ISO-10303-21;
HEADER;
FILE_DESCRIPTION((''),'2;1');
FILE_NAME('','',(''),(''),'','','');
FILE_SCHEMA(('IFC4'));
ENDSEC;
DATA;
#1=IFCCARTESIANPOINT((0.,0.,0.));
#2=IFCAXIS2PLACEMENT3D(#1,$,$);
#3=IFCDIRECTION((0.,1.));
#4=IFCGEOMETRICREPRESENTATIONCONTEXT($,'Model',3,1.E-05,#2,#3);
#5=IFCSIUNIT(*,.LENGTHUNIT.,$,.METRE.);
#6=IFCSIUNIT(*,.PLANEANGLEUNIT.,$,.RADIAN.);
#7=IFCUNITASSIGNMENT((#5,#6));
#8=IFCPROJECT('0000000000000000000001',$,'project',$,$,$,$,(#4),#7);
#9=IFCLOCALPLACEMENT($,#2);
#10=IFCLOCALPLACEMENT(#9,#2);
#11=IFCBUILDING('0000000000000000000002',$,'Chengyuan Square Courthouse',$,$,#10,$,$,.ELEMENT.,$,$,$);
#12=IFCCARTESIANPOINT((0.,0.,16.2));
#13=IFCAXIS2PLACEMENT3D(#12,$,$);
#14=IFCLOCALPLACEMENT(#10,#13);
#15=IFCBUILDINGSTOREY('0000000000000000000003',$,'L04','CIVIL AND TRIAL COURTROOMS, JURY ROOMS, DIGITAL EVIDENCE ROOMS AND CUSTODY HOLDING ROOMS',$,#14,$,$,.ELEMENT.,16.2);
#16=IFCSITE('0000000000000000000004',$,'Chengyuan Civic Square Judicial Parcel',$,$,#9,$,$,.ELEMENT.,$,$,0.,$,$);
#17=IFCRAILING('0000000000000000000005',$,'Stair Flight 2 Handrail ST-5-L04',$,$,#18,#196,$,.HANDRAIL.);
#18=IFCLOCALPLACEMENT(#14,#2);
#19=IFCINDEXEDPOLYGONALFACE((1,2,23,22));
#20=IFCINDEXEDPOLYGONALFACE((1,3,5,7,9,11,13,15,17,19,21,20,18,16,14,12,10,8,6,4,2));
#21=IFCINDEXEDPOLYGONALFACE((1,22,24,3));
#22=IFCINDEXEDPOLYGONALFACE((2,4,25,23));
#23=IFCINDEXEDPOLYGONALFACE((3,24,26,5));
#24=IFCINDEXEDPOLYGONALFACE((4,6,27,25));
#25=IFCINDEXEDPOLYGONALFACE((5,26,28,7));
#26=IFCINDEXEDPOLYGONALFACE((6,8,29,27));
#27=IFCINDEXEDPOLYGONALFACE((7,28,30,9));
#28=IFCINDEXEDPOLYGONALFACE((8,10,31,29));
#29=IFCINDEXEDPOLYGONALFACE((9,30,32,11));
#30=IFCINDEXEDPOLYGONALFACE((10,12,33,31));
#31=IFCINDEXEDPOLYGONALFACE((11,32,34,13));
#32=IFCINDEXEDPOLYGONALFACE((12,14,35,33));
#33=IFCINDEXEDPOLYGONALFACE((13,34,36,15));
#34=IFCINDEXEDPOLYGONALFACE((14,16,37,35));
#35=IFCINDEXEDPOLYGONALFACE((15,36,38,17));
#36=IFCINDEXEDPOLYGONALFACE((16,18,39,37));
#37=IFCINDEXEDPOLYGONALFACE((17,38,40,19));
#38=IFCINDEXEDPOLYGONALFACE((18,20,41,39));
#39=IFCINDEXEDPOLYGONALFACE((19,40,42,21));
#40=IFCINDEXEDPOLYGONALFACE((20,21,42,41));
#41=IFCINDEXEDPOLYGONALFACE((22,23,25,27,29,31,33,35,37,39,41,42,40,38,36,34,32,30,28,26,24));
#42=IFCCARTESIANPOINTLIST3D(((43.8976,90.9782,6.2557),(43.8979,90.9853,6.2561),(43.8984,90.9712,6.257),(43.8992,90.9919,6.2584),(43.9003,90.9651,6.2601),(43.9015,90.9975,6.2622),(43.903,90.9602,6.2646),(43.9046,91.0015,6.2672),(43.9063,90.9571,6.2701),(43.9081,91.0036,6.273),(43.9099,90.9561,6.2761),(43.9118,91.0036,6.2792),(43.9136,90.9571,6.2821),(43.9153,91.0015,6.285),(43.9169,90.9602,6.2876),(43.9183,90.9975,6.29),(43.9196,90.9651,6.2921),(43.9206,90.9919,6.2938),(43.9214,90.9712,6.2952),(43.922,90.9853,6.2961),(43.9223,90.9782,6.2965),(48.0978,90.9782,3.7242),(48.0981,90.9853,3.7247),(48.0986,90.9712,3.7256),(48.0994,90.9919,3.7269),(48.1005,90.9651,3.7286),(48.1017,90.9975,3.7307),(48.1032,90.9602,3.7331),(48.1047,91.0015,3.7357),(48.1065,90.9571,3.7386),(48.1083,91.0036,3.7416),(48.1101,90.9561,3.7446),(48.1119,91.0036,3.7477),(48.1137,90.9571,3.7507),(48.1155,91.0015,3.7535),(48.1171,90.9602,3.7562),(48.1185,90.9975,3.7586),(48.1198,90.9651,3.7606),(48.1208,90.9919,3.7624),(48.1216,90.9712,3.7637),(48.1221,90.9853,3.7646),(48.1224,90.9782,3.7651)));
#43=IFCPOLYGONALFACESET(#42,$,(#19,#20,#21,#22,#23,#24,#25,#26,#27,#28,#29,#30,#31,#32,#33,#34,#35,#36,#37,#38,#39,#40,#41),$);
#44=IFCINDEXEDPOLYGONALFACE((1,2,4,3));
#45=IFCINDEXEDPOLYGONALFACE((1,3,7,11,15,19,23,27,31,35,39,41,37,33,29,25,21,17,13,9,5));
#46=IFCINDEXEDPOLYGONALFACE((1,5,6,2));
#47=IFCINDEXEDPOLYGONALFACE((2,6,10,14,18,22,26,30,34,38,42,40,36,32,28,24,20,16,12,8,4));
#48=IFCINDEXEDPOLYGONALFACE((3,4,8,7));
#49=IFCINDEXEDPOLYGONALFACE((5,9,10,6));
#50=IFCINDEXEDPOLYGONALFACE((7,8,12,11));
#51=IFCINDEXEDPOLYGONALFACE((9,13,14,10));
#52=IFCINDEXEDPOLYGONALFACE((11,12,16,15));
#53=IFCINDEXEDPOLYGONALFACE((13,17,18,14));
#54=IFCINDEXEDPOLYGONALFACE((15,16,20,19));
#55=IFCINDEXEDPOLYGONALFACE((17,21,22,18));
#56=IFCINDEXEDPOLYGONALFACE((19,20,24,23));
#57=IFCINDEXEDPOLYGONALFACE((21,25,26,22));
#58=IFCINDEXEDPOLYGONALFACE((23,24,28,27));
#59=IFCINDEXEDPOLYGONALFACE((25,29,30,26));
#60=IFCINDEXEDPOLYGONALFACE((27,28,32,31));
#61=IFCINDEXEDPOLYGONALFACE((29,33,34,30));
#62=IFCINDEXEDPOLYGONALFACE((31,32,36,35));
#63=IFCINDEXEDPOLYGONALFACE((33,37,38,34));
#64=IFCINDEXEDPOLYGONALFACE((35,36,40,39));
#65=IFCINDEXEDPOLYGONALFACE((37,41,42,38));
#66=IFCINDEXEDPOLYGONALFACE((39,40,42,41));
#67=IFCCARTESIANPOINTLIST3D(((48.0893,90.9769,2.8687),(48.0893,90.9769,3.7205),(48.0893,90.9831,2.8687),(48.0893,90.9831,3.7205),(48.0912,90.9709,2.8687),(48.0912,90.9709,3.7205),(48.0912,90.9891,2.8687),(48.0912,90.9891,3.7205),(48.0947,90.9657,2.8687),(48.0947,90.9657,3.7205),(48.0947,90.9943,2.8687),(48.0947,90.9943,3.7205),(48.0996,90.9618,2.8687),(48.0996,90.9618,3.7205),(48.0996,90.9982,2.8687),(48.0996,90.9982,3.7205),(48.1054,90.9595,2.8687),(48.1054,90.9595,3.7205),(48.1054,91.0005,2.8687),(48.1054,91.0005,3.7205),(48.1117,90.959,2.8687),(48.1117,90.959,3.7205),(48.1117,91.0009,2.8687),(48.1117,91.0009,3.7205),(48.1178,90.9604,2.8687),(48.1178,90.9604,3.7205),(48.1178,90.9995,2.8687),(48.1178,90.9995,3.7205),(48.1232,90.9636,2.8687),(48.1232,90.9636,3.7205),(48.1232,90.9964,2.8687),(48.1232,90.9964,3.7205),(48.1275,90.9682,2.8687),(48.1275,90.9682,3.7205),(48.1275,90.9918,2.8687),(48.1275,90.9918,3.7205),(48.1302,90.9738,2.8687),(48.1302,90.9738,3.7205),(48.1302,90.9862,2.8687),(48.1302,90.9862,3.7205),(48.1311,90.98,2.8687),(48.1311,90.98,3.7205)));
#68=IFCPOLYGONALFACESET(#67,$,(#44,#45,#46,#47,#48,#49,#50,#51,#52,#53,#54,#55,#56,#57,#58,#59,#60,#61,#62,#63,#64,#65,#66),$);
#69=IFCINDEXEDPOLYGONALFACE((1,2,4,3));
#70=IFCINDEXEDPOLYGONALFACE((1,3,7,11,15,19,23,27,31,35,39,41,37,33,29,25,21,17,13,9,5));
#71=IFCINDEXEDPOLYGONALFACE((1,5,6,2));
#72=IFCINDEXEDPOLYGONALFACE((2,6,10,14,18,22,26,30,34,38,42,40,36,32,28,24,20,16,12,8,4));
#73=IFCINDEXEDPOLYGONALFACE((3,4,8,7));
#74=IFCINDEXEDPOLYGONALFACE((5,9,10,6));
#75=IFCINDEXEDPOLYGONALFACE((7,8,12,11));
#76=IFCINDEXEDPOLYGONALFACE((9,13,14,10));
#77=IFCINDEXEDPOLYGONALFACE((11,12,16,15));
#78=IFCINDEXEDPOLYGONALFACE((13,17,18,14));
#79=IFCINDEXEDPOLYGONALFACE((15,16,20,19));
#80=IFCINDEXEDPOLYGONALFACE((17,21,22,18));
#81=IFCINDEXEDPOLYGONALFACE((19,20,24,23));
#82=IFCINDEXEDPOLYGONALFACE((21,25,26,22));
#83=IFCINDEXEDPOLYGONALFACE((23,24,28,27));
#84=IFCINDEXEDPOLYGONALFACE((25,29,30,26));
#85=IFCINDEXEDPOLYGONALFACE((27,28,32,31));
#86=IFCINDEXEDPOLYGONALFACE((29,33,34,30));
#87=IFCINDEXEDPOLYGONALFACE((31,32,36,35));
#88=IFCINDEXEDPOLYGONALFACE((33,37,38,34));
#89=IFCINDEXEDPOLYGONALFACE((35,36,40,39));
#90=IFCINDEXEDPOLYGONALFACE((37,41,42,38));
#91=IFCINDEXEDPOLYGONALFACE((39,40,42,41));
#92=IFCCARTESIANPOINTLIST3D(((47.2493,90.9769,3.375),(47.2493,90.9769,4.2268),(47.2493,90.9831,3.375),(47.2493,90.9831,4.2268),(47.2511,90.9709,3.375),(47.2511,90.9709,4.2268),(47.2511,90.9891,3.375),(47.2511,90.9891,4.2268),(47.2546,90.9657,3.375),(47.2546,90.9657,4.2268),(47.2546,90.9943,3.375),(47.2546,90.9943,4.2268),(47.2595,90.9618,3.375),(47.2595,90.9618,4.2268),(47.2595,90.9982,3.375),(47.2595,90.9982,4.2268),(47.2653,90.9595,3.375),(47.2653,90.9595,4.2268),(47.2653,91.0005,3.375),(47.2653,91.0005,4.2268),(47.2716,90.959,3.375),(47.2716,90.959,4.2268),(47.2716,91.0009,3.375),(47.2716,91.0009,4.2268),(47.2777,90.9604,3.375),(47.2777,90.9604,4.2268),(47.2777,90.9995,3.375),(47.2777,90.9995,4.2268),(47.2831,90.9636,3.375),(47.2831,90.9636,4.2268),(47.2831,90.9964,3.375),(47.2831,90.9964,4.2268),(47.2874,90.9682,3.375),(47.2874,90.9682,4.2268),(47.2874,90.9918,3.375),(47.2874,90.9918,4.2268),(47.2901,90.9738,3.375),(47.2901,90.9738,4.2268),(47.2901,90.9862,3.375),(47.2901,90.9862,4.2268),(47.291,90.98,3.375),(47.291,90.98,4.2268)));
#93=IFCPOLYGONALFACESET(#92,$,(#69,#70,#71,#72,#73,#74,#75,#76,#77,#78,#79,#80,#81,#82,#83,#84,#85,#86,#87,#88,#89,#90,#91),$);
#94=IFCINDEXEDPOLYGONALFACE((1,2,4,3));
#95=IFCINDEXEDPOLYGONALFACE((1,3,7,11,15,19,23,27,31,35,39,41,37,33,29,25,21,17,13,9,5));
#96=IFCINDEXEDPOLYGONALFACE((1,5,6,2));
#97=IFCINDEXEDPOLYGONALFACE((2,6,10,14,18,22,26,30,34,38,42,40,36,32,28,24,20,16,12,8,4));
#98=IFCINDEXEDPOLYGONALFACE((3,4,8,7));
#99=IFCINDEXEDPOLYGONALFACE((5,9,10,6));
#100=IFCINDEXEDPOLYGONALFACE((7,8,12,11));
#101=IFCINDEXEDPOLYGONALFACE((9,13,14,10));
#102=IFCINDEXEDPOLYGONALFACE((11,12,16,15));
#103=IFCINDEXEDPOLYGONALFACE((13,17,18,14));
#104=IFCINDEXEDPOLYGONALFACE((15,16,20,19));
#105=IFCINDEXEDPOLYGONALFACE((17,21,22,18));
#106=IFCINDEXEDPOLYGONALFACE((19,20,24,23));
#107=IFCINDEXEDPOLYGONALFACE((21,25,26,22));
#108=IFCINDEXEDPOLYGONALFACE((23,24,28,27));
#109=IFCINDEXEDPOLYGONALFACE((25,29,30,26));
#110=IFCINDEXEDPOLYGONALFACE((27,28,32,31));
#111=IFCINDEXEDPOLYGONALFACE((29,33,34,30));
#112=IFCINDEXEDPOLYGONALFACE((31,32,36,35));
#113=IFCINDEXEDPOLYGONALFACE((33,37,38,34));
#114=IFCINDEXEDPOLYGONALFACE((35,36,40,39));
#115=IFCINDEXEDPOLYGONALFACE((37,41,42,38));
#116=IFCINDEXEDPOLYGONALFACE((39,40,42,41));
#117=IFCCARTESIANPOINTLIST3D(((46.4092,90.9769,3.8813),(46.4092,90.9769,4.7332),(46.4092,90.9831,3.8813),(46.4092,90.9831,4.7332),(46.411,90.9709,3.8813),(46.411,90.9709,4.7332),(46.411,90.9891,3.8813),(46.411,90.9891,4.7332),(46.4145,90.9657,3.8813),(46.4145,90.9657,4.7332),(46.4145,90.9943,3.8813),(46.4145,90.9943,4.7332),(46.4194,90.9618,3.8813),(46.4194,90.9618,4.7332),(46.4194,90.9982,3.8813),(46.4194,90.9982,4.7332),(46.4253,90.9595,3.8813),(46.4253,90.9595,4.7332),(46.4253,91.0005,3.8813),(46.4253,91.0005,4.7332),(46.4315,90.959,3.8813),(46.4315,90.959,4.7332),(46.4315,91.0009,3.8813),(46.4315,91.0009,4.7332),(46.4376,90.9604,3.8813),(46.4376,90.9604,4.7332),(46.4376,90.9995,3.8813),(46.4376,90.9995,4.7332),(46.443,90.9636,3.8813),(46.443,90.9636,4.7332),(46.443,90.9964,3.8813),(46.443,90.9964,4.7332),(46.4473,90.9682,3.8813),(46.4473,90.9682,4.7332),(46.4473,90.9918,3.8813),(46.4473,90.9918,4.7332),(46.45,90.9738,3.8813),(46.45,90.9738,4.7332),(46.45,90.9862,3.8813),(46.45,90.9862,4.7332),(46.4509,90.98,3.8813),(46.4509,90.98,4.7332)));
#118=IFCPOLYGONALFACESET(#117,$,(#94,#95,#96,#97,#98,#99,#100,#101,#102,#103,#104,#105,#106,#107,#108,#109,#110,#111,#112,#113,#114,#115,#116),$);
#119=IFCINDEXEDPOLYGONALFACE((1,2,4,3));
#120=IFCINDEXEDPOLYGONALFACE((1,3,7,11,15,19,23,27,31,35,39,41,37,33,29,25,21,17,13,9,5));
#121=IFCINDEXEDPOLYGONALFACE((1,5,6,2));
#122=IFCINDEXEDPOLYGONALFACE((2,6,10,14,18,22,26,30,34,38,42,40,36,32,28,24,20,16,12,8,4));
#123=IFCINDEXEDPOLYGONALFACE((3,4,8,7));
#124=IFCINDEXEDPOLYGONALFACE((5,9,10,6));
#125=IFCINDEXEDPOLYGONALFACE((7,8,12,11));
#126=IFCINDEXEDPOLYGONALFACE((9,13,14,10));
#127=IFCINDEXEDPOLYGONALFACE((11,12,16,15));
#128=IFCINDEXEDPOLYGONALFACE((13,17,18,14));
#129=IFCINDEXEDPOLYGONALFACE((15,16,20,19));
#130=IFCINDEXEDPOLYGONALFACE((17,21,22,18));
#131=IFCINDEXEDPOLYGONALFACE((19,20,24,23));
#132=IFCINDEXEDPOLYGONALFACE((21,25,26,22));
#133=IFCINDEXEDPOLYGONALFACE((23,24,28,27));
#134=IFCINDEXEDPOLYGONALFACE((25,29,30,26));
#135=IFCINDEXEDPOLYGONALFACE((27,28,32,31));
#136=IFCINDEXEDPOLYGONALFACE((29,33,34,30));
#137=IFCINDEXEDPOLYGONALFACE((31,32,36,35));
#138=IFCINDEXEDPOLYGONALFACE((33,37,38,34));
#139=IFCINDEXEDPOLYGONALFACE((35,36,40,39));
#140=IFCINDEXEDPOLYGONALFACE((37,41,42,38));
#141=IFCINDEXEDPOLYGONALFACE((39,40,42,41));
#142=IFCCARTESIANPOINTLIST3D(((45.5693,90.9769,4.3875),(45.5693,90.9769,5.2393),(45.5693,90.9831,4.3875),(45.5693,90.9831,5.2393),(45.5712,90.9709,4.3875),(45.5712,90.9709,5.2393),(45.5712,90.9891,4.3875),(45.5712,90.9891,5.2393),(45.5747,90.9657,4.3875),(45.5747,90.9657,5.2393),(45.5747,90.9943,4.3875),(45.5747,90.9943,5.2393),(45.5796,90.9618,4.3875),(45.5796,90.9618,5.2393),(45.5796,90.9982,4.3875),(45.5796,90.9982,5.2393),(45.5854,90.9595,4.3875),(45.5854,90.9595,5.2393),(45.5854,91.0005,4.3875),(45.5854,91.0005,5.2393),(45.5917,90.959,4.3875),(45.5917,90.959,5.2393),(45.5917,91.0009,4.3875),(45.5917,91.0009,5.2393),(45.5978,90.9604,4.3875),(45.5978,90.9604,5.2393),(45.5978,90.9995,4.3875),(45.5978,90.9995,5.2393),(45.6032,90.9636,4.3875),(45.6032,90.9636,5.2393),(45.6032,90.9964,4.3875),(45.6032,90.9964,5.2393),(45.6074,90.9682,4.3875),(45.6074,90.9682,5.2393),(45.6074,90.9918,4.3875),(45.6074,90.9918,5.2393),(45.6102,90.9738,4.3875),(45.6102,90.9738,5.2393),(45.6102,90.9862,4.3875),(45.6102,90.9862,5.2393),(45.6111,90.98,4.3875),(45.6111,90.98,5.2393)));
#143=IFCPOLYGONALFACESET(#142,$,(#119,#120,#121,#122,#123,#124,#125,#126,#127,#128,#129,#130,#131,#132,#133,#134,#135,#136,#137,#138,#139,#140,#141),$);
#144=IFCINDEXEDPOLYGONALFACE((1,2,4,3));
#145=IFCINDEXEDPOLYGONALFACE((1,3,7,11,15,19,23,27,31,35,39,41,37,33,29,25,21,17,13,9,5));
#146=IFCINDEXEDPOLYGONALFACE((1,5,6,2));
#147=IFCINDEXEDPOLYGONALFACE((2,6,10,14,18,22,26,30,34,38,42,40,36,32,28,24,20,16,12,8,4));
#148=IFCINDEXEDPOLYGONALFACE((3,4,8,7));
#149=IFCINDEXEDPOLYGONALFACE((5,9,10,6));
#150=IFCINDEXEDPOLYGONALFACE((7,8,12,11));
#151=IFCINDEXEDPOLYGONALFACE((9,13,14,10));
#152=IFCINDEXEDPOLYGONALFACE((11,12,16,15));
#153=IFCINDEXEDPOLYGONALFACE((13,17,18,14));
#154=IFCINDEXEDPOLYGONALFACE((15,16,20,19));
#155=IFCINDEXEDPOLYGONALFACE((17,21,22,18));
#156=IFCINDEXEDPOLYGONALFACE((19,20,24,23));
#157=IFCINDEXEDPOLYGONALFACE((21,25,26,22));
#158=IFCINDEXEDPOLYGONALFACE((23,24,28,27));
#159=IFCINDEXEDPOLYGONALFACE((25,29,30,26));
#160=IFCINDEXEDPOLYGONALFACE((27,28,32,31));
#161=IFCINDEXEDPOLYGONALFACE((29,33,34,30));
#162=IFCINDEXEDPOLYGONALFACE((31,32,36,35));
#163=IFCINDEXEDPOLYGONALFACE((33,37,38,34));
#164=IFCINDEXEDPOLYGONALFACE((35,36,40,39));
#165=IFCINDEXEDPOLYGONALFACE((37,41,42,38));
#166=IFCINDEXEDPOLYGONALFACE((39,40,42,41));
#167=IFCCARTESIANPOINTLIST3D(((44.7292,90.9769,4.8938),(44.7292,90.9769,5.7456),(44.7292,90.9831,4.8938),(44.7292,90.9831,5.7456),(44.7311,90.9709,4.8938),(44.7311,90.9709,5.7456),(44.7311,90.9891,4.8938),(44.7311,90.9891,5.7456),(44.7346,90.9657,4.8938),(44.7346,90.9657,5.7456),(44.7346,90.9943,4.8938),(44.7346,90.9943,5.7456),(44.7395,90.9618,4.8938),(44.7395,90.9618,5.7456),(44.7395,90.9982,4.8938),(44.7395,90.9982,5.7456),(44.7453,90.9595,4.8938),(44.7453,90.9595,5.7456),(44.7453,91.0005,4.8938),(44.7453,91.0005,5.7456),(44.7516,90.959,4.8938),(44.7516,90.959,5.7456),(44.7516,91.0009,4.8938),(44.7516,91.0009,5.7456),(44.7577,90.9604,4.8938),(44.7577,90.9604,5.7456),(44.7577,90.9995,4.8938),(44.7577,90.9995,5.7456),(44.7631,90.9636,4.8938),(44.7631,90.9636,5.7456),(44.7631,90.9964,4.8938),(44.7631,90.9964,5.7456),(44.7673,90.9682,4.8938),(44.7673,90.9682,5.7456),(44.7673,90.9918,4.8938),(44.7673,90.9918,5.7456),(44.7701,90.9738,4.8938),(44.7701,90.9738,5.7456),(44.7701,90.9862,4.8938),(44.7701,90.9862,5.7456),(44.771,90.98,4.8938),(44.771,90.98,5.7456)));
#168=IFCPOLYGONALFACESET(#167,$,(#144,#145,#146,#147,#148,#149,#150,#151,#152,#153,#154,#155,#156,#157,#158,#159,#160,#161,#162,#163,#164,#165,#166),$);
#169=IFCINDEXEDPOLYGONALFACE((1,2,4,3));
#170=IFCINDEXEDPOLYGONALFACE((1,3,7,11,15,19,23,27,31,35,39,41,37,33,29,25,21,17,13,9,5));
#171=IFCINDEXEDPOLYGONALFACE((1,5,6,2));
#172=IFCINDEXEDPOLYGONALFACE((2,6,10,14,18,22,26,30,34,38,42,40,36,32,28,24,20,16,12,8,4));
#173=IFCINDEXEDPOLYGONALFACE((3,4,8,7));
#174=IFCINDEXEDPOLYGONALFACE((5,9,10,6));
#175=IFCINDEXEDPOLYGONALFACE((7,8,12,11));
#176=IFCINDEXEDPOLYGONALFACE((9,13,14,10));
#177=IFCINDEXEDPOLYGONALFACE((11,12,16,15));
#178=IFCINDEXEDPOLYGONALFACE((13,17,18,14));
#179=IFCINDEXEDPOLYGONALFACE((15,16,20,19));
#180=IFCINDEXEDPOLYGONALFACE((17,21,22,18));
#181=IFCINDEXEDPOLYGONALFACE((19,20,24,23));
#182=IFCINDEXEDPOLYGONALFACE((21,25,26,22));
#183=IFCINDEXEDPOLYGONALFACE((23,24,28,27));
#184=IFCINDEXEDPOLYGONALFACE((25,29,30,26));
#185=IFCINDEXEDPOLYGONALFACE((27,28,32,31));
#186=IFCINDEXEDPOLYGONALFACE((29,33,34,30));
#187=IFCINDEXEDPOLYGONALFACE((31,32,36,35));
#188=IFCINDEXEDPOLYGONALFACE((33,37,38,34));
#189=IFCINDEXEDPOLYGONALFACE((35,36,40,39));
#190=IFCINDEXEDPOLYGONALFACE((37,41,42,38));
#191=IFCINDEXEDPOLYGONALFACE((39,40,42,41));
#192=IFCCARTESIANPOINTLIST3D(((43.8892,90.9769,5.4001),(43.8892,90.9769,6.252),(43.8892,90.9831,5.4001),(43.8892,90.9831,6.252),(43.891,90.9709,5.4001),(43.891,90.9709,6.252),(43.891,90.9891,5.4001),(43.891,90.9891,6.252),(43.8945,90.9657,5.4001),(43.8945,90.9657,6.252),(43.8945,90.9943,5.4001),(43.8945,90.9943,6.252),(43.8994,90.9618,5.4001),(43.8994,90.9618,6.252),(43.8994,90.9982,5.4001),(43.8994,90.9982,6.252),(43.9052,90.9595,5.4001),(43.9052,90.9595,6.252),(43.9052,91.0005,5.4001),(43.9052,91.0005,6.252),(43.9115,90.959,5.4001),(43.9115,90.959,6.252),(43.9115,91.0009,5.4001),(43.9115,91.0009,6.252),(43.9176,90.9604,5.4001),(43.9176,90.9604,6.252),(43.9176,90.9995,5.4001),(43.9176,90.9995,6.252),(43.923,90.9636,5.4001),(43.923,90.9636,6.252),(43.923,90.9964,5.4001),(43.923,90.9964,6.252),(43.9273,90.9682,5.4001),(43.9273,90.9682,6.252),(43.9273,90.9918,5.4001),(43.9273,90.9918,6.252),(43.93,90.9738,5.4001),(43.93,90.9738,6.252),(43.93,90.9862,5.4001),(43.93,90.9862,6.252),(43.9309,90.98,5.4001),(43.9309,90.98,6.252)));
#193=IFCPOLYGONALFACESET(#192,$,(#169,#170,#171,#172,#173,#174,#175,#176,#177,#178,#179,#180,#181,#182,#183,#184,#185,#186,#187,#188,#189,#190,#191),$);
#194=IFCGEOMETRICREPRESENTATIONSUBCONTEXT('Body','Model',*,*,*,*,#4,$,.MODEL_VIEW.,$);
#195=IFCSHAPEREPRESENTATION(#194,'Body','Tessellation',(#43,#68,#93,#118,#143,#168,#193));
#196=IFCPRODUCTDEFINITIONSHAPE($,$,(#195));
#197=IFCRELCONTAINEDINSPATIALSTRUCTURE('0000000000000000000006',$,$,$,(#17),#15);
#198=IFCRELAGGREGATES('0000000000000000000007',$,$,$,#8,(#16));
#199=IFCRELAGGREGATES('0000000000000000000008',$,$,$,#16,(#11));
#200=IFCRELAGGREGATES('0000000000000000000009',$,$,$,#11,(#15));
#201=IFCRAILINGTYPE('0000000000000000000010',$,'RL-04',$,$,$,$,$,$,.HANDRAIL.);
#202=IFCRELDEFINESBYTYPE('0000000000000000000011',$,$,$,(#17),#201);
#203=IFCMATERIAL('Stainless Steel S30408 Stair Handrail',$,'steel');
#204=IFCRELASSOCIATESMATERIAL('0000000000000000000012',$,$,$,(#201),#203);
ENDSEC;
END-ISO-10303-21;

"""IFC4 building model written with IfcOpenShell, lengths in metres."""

from ifc_helpers import new_model, si_unit, direction, frame, origin, origin_2d, place, context, subcontext, project, spatial, circle, extrude, material, type_object, element, save


model = new_model("IFC4")

# Units and contexts
model_context = context("Model", 3, precision=1e-05, world=origin(), true_north=direction((0.0, 1.0)))
body_context = subcontext(model_context, "Body", "Model", "MODEL_VIEW")
ifc_project = project(units=[si_unit("LENGTHUNIT", "METRE"), si_unit("PLANEANGLEUNIT", "RADIAN")], contexts=[model_context])

# Site, building, storey
site_placement = place(None, origin())
site = spatial("IfcSite", under=ifc_project, at=site_placement, Name="Chengyuan Civic Square Judicial Parcel", CompositionType="ELEMENT", RefElevation=0.0)
building_placement = place(site_placement, origin())
building = spatial("IfcBuilding", under=site, at=building_placement, Name="Chengyuan Square Courthouse", CompositionType="ELEMENT")
storey_placement = place(building_placement, frame((0.0, 0.0, 16.2)))
storey = spatial("IfcBuildingStorey", under=building, at=storey_placement, Name="L04", Description="CIVIL AND TRIAL COURTROOMS, JURY ROOMS, DIGITAL EVIDENCE ROOMS AND CUSTODY HOLDING ROOMS", CompositionType="ELEMENT", Elevation=16.2)

# Railing
ifc_material_1 = material(Name="Stainless Steel S30408 Stair Handrail", Category="steel")
railing_type_1 = type_object("IfcRailingType", Name="RL-04", PredefinedType="HANDRAIL", material=ifc_material_1)
railing_1_placement = place(storey_placement, frame((48.1101, 90.98, 2.8687)))
element("IfcRailing", 1, at=railing_1_placement, inside=storey, type_object=railing_type_1, Name="Stair Flight 2 Handrail ST-5-L04", PredefinedType="HANDRAIL", context=body_context, shape_type="SweptSolid", body=[
    extrude(circle(Radius=0.0239, at=origin_2d()), frame((0.0, 0.0, 0.876), z_axis=(-0.856468, 0.0, 0.516201), x_axis=(0.0, -1.0, 0.0)), (0.0, 0.0, 1.0), 4.9041),
    extrude(circle(Radius=0.021, at=origin_2d()), origin(), (0.0, 0.0, 1.0), 0.8518),
    extrude(circle(Radius=0.021, at=origin_2d()), frame((-0.8401, 0.0, 0.5063)), (0.0, 0.0, 1.0), 0.8518),
    extrude(circle(Radius=0.021, at=origin_2d()), frame((-1.6802, 0.0, 1.0127)), (0.0, 0.0, 1.0), 0.8518),
    extrude(circle(Radius=0.021, at=origin_2d()), frame((-2.52, 0.0, 1.5188)), (0.0, 0.0, 1.0), 0.8518),
    extrude(circle(Radius=0.021, at=origin_2d()), frame((-3.3601, 0.0, 2.0251)), (0.0, 0.0, 1.0), 0.8518),
    extrude(circle(Radius=0.021, at=origin_2d()), frame((-4.2002, 0.0, 2.5315)), (0.0, 0.0, 1.0), 0.8518),
])

save(model, "model.ifc")
